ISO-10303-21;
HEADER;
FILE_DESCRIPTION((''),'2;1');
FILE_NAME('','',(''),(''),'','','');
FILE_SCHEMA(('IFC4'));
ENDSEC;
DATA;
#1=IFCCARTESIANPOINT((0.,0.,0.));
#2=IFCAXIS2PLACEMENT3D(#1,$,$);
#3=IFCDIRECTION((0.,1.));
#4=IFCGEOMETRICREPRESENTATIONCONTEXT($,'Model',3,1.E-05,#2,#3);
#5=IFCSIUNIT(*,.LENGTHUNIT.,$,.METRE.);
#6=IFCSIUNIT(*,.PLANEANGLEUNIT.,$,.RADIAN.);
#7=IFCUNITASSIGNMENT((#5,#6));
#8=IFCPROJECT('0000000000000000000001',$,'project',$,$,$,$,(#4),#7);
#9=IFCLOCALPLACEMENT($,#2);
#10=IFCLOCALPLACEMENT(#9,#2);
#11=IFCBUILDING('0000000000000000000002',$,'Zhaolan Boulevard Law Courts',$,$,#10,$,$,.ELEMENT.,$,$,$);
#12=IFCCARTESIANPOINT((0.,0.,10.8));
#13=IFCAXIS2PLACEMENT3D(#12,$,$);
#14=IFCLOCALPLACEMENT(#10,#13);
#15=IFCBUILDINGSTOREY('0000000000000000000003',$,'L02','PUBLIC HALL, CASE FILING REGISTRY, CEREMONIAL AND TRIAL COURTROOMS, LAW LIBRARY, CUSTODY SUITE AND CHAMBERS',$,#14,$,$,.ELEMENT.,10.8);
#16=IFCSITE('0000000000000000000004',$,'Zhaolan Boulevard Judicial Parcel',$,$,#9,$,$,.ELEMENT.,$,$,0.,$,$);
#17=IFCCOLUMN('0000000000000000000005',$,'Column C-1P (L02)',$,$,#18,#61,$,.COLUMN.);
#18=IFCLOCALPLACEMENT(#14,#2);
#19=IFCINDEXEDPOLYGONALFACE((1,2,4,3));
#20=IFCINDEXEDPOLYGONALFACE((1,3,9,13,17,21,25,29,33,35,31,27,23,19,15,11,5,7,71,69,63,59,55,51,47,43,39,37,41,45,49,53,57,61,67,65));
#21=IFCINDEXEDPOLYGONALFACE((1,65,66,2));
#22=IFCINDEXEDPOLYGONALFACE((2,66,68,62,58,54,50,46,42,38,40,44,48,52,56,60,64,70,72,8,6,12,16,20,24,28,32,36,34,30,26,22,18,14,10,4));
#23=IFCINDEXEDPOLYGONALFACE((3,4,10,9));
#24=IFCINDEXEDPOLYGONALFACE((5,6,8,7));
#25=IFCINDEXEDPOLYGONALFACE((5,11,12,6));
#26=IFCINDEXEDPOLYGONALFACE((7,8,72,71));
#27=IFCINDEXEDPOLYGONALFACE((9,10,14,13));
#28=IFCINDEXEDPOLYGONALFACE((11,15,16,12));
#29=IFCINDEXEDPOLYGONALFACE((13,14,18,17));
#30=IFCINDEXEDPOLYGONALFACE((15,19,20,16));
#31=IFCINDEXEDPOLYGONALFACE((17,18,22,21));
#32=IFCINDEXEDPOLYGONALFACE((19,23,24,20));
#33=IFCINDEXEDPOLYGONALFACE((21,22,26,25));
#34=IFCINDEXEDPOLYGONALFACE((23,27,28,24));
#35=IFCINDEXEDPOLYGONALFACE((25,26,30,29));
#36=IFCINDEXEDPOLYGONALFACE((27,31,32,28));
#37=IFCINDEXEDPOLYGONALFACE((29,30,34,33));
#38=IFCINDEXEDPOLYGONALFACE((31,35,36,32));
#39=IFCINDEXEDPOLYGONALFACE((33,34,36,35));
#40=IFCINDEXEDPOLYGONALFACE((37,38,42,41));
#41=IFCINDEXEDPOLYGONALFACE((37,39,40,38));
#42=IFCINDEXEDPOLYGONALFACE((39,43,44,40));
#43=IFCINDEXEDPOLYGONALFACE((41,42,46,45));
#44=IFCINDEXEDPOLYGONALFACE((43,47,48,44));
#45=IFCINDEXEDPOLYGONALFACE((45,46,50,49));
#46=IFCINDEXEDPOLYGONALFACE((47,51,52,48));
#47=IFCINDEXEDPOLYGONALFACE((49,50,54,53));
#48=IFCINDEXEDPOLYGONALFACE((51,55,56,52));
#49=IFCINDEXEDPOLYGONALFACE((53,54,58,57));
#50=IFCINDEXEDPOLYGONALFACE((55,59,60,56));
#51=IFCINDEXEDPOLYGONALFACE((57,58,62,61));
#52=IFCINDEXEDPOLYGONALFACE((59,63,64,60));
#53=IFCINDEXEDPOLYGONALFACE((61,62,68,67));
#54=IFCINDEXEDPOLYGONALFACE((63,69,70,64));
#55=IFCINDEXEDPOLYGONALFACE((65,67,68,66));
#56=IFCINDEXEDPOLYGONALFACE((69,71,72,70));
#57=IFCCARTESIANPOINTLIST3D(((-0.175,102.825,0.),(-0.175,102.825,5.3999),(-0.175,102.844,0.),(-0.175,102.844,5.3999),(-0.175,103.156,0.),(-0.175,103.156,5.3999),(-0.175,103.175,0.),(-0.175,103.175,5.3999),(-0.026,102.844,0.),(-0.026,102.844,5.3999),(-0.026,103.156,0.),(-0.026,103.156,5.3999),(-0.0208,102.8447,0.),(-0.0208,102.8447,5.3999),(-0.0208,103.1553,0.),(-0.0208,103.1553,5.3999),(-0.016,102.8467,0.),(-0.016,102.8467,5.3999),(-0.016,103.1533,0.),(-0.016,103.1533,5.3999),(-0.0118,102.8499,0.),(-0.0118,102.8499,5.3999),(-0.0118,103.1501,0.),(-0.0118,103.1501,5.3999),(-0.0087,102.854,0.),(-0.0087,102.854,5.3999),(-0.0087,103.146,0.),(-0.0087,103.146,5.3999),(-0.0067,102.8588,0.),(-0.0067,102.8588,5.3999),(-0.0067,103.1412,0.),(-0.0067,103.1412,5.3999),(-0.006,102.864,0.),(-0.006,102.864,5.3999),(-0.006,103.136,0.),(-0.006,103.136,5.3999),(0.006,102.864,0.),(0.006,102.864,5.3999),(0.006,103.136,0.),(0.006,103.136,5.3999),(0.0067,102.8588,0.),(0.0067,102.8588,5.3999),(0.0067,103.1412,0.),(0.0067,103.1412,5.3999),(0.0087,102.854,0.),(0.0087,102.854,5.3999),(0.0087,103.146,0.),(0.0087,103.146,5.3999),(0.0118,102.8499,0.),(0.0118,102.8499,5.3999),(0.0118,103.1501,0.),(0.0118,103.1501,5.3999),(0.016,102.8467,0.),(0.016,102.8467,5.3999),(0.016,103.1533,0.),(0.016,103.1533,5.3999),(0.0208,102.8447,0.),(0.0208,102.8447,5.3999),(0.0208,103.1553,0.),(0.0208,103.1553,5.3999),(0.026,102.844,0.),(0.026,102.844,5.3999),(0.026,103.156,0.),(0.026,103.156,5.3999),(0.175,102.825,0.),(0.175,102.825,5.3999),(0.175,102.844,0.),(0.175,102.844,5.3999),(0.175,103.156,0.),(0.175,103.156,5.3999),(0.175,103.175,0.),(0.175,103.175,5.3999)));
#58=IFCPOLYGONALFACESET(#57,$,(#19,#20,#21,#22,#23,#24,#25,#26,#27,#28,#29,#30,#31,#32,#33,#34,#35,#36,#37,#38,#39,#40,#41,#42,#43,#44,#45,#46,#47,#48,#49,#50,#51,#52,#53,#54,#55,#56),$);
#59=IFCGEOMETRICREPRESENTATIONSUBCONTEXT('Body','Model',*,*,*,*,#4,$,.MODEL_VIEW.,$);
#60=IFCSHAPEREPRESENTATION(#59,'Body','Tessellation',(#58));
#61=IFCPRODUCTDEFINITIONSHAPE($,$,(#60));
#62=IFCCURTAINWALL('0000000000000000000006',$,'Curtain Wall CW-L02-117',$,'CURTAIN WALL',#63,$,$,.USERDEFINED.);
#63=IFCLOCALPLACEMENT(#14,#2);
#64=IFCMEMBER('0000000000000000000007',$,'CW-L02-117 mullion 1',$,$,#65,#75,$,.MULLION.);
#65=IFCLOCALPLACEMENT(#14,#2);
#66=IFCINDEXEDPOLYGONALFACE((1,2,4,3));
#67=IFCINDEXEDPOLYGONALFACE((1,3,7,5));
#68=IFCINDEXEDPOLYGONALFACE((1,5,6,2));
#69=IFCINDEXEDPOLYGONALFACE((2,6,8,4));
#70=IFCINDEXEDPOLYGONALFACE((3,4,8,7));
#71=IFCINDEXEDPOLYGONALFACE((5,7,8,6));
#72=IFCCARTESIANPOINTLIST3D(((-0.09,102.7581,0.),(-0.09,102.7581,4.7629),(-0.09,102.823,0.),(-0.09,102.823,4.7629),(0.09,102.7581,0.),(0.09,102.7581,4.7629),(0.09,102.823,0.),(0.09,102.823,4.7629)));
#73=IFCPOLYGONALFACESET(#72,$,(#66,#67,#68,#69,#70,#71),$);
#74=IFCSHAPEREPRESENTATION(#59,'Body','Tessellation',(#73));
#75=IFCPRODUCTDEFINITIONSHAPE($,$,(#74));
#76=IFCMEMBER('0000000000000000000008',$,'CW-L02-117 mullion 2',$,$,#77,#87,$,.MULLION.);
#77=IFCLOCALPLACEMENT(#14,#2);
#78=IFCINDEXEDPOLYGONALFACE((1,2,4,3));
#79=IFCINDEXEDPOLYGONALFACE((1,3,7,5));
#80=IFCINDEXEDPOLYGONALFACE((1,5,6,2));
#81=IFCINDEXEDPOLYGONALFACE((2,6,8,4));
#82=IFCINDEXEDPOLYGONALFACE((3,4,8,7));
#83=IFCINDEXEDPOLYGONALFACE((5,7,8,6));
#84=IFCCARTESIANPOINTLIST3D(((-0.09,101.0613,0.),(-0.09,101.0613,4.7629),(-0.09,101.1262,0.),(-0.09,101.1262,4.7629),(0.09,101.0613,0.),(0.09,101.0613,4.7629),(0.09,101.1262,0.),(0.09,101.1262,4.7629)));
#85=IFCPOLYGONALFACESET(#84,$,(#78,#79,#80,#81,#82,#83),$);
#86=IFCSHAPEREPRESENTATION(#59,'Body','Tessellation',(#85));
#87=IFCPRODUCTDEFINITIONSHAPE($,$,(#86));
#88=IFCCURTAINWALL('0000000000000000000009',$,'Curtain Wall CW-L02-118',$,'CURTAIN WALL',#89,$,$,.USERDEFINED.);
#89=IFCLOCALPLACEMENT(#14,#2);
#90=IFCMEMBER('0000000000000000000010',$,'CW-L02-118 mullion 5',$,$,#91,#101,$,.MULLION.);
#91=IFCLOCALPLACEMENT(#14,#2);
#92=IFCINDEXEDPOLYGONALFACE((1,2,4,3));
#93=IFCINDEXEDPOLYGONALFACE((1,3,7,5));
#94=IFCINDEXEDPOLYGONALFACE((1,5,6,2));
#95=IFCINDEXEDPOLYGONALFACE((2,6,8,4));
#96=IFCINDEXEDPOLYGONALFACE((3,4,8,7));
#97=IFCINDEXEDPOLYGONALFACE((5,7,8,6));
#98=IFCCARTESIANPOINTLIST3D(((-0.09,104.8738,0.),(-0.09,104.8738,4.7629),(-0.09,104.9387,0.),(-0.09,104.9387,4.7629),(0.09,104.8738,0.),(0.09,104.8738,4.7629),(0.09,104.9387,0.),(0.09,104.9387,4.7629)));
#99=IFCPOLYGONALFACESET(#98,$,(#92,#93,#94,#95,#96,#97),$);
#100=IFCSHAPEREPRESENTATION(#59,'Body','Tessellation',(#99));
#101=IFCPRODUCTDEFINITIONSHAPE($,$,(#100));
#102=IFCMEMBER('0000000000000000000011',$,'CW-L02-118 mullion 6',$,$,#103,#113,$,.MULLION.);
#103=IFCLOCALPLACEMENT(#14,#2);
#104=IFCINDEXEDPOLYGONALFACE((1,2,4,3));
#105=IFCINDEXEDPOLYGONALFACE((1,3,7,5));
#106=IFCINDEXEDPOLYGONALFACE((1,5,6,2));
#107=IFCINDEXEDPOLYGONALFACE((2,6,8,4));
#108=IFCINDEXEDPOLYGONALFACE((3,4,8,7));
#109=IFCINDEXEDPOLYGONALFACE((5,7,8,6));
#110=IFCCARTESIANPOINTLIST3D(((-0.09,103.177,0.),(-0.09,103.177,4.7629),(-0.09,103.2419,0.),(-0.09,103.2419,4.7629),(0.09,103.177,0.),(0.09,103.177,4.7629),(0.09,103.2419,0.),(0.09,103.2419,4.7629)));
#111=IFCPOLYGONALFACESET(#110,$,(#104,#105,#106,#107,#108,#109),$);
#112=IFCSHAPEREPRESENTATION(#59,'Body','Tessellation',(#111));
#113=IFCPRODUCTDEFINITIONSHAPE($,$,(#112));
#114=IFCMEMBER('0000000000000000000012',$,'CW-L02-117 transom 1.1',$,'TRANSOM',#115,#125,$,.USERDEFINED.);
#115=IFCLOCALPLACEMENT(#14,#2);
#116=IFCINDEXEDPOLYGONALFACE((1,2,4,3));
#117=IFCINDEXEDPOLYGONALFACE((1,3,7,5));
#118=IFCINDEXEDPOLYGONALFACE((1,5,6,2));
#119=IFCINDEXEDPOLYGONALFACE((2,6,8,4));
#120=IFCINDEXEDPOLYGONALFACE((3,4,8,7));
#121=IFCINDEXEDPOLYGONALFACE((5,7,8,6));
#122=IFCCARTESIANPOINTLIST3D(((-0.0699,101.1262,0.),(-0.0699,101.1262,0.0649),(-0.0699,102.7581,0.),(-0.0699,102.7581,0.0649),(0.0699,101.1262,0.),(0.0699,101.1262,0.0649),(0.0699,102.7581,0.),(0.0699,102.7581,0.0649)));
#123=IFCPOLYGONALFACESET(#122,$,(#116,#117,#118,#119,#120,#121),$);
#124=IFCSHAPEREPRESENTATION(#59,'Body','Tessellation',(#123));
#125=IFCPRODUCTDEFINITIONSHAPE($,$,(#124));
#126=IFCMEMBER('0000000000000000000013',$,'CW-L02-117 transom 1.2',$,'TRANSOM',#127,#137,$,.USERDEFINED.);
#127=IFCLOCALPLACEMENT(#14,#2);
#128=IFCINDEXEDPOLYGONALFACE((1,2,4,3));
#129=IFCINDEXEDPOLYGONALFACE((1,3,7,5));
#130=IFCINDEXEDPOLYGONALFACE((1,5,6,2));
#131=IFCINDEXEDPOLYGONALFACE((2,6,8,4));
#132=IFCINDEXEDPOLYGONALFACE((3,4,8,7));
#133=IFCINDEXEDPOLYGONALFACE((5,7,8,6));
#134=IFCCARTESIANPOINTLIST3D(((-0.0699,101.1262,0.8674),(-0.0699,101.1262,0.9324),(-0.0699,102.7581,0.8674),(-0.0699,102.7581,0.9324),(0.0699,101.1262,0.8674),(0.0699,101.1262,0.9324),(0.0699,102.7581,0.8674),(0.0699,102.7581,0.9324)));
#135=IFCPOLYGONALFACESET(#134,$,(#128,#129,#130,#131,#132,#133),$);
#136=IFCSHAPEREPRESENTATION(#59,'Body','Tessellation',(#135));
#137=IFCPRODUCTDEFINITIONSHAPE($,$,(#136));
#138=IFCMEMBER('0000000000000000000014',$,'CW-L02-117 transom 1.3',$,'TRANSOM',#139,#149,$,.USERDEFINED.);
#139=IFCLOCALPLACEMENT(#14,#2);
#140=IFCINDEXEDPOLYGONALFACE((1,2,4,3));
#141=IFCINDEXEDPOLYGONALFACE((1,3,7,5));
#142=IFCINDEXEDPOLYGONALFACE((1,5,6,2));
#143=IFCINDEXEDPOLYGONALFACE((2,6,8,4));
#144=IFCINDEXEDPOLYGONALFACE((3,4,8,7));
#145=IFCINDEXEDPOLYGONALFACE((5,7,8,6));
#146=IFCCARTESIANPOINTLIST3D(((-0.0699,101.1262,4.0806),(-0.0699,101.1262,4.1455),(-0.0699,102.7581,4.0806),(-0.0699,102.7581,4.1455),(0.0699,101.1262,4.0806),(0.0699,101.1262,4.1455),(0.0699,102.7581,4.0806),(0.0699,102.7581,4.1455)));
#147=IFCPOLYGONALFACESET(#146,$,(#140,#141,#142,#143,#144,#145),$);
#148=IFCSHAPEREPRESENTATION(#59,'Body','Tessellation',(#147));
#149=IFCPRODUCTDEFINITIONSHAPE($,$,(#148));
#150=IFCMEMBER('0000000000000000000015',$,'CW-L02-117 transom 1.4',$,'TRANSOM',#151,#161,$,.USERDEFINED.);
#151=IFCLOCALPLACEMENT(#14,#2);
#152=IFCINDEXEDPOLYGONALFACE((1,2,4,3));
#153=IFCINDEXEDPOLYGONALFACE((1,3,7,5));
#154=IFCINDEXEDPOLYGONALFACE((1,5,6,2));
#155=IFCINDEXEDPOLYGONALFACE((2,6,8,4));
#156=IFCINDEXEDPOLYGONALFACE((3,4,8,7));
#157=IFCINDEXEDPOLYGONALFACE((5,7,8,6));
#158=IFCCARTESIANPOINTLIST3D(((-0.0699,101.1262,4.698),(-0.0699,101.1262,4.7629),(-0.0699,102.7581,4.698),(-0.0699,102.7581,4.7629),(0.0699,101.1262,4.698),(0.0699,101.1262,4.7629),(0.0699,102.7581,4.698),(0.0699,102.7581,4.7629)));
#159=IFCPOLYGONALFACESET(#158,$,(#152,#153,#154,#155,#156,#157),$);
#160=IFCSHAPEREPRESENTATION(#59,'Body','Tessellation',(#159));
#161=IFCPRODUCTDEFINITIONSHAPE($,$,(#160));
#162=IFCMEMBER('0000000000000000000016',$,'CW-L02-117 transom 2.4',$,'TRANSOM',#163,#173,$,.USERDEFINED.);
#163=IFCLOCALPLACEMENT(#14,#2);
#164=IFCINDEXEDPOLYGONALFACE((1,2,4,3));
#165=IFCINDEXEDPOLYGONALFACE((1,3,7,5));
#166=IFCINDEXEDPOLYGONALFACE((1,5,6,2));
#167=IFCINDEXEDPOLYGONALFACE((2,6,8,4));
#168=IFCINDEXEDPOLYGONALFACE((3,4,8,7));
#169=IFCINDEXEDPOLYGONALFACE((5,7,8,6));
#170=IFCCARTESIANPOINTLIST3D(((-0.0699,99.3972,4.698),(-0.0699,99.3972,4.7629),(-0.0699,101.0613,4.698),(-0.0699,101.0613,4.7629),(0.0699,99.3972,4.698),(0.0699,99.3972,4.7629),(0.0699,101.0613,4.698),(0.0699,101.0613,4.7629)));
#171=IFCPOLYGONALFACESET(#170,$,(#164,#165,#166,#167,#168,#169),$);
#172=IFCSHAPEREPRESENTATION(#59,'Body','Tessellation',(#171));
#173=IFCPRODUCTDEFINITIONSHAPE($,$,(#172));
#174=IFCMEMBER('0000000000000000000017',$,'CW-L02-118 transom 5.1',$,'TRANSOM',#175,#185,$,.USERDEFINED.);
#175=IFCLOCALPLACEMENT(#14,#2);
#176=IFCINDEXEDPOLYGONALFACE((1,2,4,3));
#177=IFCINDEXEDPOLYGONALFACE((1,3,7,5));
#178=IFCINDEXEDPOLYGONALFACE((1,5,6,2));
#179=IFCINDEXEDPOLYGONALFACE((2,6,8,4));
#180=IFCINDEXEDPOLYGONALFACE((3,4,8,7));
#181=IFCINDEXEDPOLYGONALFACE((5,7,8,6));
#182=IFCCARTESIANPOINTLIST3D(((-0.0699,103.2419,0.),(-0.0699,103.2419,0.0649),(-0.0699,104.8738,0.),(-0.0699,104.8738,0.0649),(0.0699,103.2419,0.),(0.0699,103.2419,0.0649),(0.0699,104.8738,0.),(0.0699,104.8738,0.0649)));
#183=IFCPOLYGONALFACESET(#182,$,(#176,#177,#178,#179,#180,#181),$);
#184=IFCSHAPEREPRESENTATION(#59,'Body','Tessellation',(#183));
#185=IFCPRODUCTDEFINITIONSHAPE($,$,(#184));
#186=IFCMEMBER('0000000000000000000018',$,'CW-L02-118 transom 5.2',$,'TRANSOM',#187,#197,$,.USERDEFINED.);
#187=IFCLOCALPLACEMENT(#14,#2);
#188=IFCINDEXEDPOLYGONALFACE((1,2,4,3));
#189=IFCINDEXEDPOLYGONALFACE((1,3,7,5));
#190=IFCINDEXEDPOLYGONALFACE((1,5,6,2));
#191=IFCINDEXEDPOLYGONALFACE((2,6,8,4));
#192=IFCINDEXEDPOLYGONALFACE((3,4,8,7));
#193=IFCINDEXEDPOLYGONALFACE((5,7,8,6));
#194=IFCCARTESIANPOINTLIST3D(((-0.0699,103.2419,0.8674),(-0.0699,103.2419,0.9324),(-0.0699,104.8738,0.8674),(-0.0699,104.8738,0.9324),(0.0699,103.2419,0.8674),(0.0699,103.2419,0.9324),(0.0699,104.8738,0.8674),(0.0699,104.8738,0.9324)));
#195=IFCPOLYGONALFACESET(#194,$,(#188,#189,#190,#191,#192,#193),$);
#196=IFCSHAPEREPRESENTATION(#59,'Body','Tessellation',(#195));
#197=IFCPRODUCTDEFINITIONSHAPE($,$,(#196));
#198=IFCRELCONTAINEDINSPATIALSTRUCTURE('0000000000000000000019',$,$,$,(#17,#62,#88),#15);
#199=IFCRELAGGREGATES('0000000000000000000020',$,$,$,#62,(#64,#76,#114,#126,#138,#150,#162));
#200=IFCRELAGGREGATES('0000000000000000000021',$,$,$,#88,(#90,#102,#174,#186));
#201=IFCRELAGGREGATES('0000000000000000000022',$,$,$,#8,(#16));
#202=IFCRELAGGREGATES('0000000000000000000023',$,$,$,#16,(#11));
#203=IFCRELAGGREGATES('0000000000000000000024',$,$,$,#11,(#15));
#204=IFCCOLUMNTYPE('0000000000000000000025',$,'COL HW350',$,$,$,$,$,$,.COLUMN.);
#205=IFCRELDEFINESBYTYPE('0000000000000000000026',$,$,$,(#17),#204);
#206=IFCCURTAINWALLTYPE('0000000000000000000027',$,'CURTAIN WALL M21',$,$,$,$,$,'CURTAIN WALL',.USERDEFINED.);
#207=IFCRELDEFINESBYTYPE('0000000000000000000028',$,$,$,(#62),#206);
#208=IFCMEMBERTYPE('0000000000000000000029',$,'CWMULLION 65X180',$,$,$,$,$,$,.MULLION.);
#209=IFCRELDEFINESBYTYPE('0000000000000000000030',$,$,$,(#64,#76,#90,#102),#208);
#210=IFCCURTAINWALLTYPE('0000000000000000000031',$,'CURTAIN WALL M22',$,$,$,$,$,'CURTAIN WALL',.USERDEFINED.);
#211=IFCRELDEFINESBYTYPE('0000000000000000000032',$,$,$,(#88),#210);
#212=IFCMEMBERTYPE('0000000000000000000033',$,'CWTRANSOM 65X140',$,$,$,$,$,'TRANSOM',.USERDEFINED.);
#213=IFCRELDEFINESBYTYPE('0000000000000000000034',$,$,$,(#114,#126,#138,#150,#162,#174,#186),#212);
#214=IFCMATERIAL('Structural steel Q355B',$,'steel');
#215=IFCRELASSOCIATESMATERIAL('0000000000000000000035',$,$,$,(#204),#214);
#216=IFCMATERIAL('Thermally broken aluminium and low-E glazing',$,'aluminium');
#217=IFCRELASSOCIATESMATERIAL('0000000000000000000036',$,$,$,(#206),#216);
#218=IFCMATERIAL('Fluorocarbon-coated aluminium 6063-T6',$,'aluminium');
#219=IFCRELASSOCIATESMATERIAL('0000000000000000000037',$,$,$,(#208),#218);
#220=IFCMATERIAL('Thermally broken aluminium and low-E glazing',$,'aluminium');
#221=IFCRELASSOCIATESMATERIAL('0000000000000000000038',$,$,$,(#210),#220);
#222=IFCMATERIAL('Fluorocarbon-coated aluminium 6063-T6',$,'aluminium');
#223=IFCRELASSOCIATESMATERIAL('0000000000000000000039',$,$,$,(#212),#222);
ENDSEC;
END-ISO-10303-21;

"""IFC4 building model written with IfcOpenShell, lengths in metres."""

from ifc_helpers import new_model, si_unit, direction, frame, origin, origin_2d, place, context, subcontext, project, spatial, rectangle, i_section, extrude, material, material_profile, profile_set, type_object, element, aggregate, save


model = new_model("IFC4")

# Units and contexts
model_context = context("Model", 3, precision=1e-05, world=origin(), true_north=direction((0.0, 1.0)))
body_context = subcontext(model_context, "Body", "Model", "MODEL_VIEW")
ifc_project = project(units=[si_unit("LENGTHUNIT", "METRE"), si_unit("PLANEANGLEUNIT", "RADIAN")], contexts=[model_context])

# Site, building, storey
site_placement = place(None, origin())
site = spatial("IfcSite", under=ifc_project, at=site_placement, Name="Zhaolan Boulevard Judicial Parcel", CompositionType="ELEMENT", RefElevation=0.0)
building_placement = place(site_placement, origin())
building = spatial("IfcBuilding", under=site, at=building_placement, Name="Zhaolan Boulevard Law Courts", CompositionType="ELEMENT")
storey_placement = place(building_placement, frame((0.0, 0.0, 10.8)))
storey = spatial("IfcBuildingStorey", under=building, at=storey_placement, Name="L02", Description="PUBLIC HALL, CASE FILING REGISTRY, CEREMONIAL AND TRIAL COURTROOMS, LAW LIBRARY, CUSTODY SUITE AND CHAMBERS", CompositionType="ELEMENT", Elevation=10.8)

# Column
ifc_material_1 = material(Name="Structural steel Q355B", Category="steel")
ifc_material_profile_1 = material_profile(ifc_material_1, i_section(OverallWidth=0.3501, OverallDepth=0.3501, WebThickness=0.012, FlangeThickness=0.019, FilletRadius=0.02, at=origin_2d()), Name="HW350x350")
ifc_profile_set_1 = profile_set([ifc_material_profile_1], Name="Structural steel Q355B")
column_type = type_object("IfcColumnType", Name="COL HW350", PredefinedType="COLUMN", material=ifc_profile_set_1)
column_placement = place(storey_placement, frame((0.0, 103.0, 0.0), z_axis=(0.0, 0.0, 1.0), x_axis=(1.0, 0.0, 0.0)))
element("IfcColumn", 1, at=column_placement, inside=storey, type_object=column_type, Name="Column C-1P (L02)", PredefinedType="COLUMN", context=body_context, shape_type="SweptSolid", body=[
    extrude(i_section(OverallWidth=0.3501, OverallDepth=0.3501, WebThickness=0.012, FlangeThickness=0.019, FilletRadius=0.02, at=origin_2d()), origin(), (0.0, 0.0, 1.0), 5.3999),
])

# Curtain walls, members
ifc_material_2 = material(Name="Thermally broken aluminium and low-E glazing", Category="aluminium")
curtain_wall_type_1 = type_object("IfcCurtainWallType", Name="CURTAIN WALL M21", ElementType="CURTAIN WALL", PredefinedType="USERDEFINED", material=ifc_material_2)
curtain_wall_1_placement = place(storey_placement, origin())
curtain_wall_1 = element("IfcCurtainWall", 2, at=curtain_wall_1_placement, inside=storey, type_object=curtain_wall_type_1, Name="Curtain Wall CW-L02-117", ObjectType="CURTAIN WALL", PredefinedType="USERDEFINED")
ifc_material_3 = material(Name="Fluorocarbon-coated aluminium 6063-T6", Category="aluminium")
ifc_material_profile_2 = material_profile(ifc_material_3, rectangle(XDim=0.1799, YDim=0.0649, at=origin_2d()), Name="AL65x180")
ifc_profile_set_2 = profile_set([ifc_material_profile_2], Name="Fluorocarbon-coated aluminium 6063-T6")
member_type_1 = type_object("IfcMemberType", Name="CWMULLION 65X180", PredefinedType="MULLION", material=ifc_profile_set_2)
member_1_placement = place(storey_placement, frame((0.0, 102.7905, 0.0), z_axis=(0.0, 0.0, 1.0), x_axis=(1.0, 0.0, 0.0)))
member_1 = element("IfcMember", 3, at=member_1_placement, type_object=member_type_1, Name="CW-L02-117 mullion 1", PredefinedType="MULLION", context=body_context, shape_type="SweptSolid", body=[
    extrude(rectangle(XDim=0.1799, YDim=0.0649, at=origin_2d()), origin(), (0.0, 0.0, 1.0), 4.7629),
])
member_2_placement = place(storey_placement, frame((0.0, 101.0938, 0.0), z_axis=(0.0, 0.0, 1.0), x_axis=(1.0, 0.0, 0.0)))
member_2 = element("IfcMember", 4, at=member_2_placement, type_object=member_type_1, Name="CW-L02-117 mullion 2", PredefinedType="MULLION", context=body_context, shape_type="SweptSolid", body=[
    extrude(rectangle(XDim=0.1799, YDim=0.0649, at=origin_2d()), origin(), (0.0, 0.0, 1.0), 4.7629),
])
ifc_material_4 = material(Name="Thermally broken aluminium and low-E glazing", Category="aluminium")
curtain_wall_type_2 = type_object("IfcCurtainWallType", Name="CURTAIN WALL M22", ElementType="CURTAIN WALL", PredefinedType="USERDEFINED", material=ifc_material_4)
curtain_wall_2_placement = place(storey_placement, origin())
curtain_wall_2 = element("IfcCurtainWall", 5, at=curtain_wall_2_placement, inside=storey, type_object=curtain_wall_type_2, Name="Curtain Wall CW-L02-118", ObjectType="CURTAIN WALL", PredefinedType="USERDEFINED")
member_3_placement = place(storey_placement, frame((0.0, 104.9062, 0.0), z_axis=(0.0, 0.0, 1.0), x_axis=(1.0, 0.0, 0.0)))
member_3 = element("IfcMember", 6, at=member_3_placement, type_object=member_type_1, Name="CW-L02-118 mullion 5", PredefinedType="MULLION", context=body_context, shape_type="SweptSolid", body=[
    extrude(rectangle(XDim=0.1799, YDim=0.0649, at=origin_2d()), origin(), (0.0, 0.0, 1.0), 4.7629),
])
member_4_placement = place(storey_placement, frame((0.0, 103.2095, 0.0), z_axis=(0.0, 0.0, 1.0), x_axis=(1.0, 0.0, 0.0)))
member_4 = element("IfcMember", 7, at=member_4_placement, type_object=member_type_1, Name="CW-L02-118 mullion 6", PredefinedType="MULLION", context=body_context, shape_type="SweptSolid", body=[
    extrude(rectangle(XDim=0.1799, YDim=0.0649, at=origin_2d()), origin(), (0.0, 0.0, 1.0), 4.7629),
])

# Members
ifc_material_5 = material(Name="Fluorocarbon-coated aluminium 6063-T6", Category="aluminium")
ifc_material_profile_3 = material_profile(ifc_material_5, rectangle(XDim=0.1399, YDim=0.0649, at=origin_2d()), Name="AL65x140")
ifc_profile_set_3 = profile_set([ifc_material_profile_3], Name="Fluorocarbon-coated aluminium 6063-T6")
member_type_2 = type_object("IfcMemberType", Name="CWTRANSOM 65X140", ElementType="TRANSOM", PredefinedType="USERDEFINED", material=ifc_profile_set_3)
member_5_placement = place(storey_placement, frame((0.0, 102.7581, 0.0325), z_axis=(0.0, -1.0, 0.0), x_axis=(1.0, 0.0, 0.0)))
member_5 = element("IfcMember", 8, at=member_5_placement, type_object=member_type_2, Name="CW-L02-117 transom 1.1", ObjectType="TRANSOM", PredefinedType="USERDEFINED", context=body_context, shape_type="SweptSolid", body=[
    extrude(rectangle(XDim=0.1399, YDim=0.0649, at=origin_2d()), origin(), (0.0, 0.0, 1.0), 1.6318),
])
member_6_placement = place(storey_placement, frame((0.0, 102.7581, 0.8999), z_axis=(0.0, -1.0, 0.0), x_axis=(1.0, 0.0, 0.0)))
member_6 = element("IfcMember", 9, at=member_6_placement, type_object=member_type_2, Name="CW-L02-117 transom 1.2", ObjectType="TRANSOM", PredefinedType="USERDEFINED", context=body_context, shape_type="SweptSolid", body=[
    extrude(rectangle(XDim=0.1399, YDim=0.0649, at=origin_2d()), origin(), (0.0, 0.0, 1.0), 1.6318),
])
member_7_placement = place(storey_placement, frame((0.0, 102.7581, 4.113), z_axis=(0.0, -1.0, 0.0), x_axis=(1.0, 0.0, 0.0)))
member_7 = element("IfcMember", 10, at=member_7_placement, type_object=member_type_2, Name="CW-L02-117 transom 1.3", ObjectType="TRANSOM", PredefinedType="USERDEFINED", context=body_context, shape_type="SweptSolid", body=[
    extrude(rectangle(XDim=0.1399, YDim=0.0649, at=origin_2d()), origin(), (0.0, 0.0, 1.0), 1.6318),
])
member_8_placement = place(storey_placement, frame((0.0, 102.7581, 4.7305), z_axis=(0.0, -1.0, 0.0), x_axis=(1.0, 0.0, 0.0)))
member_8 = element("IfcMember", 11, at=member_8_placement, type_object=member_type_2, Name="CW-L02-117 transom 1.4", ObjectType="TRANSOM", PredefinedType="USERDEFINED", context=body_context, shape_type="SweptSolid", body=[
    extrude(rectangle(XDim=0.1399, YDim=0.0649, at=origin_2d()), origin(), (0.0, 0.0, 1.0), 1.6318),
])
member_9_placement = place(storey_placement, frame((0.0, 101.0613, 4.7305), z_axis=(0.0, -1.0, 0.0), x_axis=(1.0, 0.0, 0.0)))
member_9 = element("IfcMember", 12, at=member_9_placement, type_object=member_type_2, Name="CW-L02-117 transom 2.4", ObjectType="TRANSOM", PredefinedType="USERDEFINED", context=body_context, shape_type="SweptSolid", body=[
    extrude(rectangle(XDim=0.1399, YDim=0.0649, at=origin_2d()), origin(), (0.0, 0.0, 1.0), 1.6641),
])
member_10_placement = place(storey_placement, frame((0.0, 104.8738, 0.0325), z_axis=(0.0, -1.0, 0.0), x_axis=(1.0, 0.0, 0.0)))
member_10 = element("IfcMember", 13, at=member_10_placement, type_object=member_type_2, Name="CW-L02-118 transom 5.1", ObjectType="TRANSOM", PredefinedType="USERDEFINED", context=body_context, shape_type="SweptSolid", body=[
    extrude(rectangle(XDim=0.1399, YDim=0.0649, at=origin_2d()), origin(), (0.0, 0.0, 1.0), 1.6318),
])
member_11_placement = place(storey_placement, frame((0.0, 104.8738, 0.8999), z_axis=(0.0, -1.0, 0.0), x_axis=(1.0, 0.0, 0.0)))
member_11 = element("IfcMember", 14, at=member_11_placement, type_object=member_type_2, Name="CW-L02-118 transom 5.2", ObjectType="TRANSOM", PredefinedType="USERDEFINED", context=body_context, shape_type="SweptSolid", body=[
    extrude(rectangle(XDim=0.1399, YDim=0.0649, at=origin_2d()), origin(), (0.0, 0.0, 1.0), 1.6318),
])

aggregate(curtain_wall_1, [member_1, member_2, member_5, member_6, member_7, member_8, member_9])
aggregate(curtain_wall_2, [member_3, member_4, member_10, member_11])

save(model, "model.ifc")
